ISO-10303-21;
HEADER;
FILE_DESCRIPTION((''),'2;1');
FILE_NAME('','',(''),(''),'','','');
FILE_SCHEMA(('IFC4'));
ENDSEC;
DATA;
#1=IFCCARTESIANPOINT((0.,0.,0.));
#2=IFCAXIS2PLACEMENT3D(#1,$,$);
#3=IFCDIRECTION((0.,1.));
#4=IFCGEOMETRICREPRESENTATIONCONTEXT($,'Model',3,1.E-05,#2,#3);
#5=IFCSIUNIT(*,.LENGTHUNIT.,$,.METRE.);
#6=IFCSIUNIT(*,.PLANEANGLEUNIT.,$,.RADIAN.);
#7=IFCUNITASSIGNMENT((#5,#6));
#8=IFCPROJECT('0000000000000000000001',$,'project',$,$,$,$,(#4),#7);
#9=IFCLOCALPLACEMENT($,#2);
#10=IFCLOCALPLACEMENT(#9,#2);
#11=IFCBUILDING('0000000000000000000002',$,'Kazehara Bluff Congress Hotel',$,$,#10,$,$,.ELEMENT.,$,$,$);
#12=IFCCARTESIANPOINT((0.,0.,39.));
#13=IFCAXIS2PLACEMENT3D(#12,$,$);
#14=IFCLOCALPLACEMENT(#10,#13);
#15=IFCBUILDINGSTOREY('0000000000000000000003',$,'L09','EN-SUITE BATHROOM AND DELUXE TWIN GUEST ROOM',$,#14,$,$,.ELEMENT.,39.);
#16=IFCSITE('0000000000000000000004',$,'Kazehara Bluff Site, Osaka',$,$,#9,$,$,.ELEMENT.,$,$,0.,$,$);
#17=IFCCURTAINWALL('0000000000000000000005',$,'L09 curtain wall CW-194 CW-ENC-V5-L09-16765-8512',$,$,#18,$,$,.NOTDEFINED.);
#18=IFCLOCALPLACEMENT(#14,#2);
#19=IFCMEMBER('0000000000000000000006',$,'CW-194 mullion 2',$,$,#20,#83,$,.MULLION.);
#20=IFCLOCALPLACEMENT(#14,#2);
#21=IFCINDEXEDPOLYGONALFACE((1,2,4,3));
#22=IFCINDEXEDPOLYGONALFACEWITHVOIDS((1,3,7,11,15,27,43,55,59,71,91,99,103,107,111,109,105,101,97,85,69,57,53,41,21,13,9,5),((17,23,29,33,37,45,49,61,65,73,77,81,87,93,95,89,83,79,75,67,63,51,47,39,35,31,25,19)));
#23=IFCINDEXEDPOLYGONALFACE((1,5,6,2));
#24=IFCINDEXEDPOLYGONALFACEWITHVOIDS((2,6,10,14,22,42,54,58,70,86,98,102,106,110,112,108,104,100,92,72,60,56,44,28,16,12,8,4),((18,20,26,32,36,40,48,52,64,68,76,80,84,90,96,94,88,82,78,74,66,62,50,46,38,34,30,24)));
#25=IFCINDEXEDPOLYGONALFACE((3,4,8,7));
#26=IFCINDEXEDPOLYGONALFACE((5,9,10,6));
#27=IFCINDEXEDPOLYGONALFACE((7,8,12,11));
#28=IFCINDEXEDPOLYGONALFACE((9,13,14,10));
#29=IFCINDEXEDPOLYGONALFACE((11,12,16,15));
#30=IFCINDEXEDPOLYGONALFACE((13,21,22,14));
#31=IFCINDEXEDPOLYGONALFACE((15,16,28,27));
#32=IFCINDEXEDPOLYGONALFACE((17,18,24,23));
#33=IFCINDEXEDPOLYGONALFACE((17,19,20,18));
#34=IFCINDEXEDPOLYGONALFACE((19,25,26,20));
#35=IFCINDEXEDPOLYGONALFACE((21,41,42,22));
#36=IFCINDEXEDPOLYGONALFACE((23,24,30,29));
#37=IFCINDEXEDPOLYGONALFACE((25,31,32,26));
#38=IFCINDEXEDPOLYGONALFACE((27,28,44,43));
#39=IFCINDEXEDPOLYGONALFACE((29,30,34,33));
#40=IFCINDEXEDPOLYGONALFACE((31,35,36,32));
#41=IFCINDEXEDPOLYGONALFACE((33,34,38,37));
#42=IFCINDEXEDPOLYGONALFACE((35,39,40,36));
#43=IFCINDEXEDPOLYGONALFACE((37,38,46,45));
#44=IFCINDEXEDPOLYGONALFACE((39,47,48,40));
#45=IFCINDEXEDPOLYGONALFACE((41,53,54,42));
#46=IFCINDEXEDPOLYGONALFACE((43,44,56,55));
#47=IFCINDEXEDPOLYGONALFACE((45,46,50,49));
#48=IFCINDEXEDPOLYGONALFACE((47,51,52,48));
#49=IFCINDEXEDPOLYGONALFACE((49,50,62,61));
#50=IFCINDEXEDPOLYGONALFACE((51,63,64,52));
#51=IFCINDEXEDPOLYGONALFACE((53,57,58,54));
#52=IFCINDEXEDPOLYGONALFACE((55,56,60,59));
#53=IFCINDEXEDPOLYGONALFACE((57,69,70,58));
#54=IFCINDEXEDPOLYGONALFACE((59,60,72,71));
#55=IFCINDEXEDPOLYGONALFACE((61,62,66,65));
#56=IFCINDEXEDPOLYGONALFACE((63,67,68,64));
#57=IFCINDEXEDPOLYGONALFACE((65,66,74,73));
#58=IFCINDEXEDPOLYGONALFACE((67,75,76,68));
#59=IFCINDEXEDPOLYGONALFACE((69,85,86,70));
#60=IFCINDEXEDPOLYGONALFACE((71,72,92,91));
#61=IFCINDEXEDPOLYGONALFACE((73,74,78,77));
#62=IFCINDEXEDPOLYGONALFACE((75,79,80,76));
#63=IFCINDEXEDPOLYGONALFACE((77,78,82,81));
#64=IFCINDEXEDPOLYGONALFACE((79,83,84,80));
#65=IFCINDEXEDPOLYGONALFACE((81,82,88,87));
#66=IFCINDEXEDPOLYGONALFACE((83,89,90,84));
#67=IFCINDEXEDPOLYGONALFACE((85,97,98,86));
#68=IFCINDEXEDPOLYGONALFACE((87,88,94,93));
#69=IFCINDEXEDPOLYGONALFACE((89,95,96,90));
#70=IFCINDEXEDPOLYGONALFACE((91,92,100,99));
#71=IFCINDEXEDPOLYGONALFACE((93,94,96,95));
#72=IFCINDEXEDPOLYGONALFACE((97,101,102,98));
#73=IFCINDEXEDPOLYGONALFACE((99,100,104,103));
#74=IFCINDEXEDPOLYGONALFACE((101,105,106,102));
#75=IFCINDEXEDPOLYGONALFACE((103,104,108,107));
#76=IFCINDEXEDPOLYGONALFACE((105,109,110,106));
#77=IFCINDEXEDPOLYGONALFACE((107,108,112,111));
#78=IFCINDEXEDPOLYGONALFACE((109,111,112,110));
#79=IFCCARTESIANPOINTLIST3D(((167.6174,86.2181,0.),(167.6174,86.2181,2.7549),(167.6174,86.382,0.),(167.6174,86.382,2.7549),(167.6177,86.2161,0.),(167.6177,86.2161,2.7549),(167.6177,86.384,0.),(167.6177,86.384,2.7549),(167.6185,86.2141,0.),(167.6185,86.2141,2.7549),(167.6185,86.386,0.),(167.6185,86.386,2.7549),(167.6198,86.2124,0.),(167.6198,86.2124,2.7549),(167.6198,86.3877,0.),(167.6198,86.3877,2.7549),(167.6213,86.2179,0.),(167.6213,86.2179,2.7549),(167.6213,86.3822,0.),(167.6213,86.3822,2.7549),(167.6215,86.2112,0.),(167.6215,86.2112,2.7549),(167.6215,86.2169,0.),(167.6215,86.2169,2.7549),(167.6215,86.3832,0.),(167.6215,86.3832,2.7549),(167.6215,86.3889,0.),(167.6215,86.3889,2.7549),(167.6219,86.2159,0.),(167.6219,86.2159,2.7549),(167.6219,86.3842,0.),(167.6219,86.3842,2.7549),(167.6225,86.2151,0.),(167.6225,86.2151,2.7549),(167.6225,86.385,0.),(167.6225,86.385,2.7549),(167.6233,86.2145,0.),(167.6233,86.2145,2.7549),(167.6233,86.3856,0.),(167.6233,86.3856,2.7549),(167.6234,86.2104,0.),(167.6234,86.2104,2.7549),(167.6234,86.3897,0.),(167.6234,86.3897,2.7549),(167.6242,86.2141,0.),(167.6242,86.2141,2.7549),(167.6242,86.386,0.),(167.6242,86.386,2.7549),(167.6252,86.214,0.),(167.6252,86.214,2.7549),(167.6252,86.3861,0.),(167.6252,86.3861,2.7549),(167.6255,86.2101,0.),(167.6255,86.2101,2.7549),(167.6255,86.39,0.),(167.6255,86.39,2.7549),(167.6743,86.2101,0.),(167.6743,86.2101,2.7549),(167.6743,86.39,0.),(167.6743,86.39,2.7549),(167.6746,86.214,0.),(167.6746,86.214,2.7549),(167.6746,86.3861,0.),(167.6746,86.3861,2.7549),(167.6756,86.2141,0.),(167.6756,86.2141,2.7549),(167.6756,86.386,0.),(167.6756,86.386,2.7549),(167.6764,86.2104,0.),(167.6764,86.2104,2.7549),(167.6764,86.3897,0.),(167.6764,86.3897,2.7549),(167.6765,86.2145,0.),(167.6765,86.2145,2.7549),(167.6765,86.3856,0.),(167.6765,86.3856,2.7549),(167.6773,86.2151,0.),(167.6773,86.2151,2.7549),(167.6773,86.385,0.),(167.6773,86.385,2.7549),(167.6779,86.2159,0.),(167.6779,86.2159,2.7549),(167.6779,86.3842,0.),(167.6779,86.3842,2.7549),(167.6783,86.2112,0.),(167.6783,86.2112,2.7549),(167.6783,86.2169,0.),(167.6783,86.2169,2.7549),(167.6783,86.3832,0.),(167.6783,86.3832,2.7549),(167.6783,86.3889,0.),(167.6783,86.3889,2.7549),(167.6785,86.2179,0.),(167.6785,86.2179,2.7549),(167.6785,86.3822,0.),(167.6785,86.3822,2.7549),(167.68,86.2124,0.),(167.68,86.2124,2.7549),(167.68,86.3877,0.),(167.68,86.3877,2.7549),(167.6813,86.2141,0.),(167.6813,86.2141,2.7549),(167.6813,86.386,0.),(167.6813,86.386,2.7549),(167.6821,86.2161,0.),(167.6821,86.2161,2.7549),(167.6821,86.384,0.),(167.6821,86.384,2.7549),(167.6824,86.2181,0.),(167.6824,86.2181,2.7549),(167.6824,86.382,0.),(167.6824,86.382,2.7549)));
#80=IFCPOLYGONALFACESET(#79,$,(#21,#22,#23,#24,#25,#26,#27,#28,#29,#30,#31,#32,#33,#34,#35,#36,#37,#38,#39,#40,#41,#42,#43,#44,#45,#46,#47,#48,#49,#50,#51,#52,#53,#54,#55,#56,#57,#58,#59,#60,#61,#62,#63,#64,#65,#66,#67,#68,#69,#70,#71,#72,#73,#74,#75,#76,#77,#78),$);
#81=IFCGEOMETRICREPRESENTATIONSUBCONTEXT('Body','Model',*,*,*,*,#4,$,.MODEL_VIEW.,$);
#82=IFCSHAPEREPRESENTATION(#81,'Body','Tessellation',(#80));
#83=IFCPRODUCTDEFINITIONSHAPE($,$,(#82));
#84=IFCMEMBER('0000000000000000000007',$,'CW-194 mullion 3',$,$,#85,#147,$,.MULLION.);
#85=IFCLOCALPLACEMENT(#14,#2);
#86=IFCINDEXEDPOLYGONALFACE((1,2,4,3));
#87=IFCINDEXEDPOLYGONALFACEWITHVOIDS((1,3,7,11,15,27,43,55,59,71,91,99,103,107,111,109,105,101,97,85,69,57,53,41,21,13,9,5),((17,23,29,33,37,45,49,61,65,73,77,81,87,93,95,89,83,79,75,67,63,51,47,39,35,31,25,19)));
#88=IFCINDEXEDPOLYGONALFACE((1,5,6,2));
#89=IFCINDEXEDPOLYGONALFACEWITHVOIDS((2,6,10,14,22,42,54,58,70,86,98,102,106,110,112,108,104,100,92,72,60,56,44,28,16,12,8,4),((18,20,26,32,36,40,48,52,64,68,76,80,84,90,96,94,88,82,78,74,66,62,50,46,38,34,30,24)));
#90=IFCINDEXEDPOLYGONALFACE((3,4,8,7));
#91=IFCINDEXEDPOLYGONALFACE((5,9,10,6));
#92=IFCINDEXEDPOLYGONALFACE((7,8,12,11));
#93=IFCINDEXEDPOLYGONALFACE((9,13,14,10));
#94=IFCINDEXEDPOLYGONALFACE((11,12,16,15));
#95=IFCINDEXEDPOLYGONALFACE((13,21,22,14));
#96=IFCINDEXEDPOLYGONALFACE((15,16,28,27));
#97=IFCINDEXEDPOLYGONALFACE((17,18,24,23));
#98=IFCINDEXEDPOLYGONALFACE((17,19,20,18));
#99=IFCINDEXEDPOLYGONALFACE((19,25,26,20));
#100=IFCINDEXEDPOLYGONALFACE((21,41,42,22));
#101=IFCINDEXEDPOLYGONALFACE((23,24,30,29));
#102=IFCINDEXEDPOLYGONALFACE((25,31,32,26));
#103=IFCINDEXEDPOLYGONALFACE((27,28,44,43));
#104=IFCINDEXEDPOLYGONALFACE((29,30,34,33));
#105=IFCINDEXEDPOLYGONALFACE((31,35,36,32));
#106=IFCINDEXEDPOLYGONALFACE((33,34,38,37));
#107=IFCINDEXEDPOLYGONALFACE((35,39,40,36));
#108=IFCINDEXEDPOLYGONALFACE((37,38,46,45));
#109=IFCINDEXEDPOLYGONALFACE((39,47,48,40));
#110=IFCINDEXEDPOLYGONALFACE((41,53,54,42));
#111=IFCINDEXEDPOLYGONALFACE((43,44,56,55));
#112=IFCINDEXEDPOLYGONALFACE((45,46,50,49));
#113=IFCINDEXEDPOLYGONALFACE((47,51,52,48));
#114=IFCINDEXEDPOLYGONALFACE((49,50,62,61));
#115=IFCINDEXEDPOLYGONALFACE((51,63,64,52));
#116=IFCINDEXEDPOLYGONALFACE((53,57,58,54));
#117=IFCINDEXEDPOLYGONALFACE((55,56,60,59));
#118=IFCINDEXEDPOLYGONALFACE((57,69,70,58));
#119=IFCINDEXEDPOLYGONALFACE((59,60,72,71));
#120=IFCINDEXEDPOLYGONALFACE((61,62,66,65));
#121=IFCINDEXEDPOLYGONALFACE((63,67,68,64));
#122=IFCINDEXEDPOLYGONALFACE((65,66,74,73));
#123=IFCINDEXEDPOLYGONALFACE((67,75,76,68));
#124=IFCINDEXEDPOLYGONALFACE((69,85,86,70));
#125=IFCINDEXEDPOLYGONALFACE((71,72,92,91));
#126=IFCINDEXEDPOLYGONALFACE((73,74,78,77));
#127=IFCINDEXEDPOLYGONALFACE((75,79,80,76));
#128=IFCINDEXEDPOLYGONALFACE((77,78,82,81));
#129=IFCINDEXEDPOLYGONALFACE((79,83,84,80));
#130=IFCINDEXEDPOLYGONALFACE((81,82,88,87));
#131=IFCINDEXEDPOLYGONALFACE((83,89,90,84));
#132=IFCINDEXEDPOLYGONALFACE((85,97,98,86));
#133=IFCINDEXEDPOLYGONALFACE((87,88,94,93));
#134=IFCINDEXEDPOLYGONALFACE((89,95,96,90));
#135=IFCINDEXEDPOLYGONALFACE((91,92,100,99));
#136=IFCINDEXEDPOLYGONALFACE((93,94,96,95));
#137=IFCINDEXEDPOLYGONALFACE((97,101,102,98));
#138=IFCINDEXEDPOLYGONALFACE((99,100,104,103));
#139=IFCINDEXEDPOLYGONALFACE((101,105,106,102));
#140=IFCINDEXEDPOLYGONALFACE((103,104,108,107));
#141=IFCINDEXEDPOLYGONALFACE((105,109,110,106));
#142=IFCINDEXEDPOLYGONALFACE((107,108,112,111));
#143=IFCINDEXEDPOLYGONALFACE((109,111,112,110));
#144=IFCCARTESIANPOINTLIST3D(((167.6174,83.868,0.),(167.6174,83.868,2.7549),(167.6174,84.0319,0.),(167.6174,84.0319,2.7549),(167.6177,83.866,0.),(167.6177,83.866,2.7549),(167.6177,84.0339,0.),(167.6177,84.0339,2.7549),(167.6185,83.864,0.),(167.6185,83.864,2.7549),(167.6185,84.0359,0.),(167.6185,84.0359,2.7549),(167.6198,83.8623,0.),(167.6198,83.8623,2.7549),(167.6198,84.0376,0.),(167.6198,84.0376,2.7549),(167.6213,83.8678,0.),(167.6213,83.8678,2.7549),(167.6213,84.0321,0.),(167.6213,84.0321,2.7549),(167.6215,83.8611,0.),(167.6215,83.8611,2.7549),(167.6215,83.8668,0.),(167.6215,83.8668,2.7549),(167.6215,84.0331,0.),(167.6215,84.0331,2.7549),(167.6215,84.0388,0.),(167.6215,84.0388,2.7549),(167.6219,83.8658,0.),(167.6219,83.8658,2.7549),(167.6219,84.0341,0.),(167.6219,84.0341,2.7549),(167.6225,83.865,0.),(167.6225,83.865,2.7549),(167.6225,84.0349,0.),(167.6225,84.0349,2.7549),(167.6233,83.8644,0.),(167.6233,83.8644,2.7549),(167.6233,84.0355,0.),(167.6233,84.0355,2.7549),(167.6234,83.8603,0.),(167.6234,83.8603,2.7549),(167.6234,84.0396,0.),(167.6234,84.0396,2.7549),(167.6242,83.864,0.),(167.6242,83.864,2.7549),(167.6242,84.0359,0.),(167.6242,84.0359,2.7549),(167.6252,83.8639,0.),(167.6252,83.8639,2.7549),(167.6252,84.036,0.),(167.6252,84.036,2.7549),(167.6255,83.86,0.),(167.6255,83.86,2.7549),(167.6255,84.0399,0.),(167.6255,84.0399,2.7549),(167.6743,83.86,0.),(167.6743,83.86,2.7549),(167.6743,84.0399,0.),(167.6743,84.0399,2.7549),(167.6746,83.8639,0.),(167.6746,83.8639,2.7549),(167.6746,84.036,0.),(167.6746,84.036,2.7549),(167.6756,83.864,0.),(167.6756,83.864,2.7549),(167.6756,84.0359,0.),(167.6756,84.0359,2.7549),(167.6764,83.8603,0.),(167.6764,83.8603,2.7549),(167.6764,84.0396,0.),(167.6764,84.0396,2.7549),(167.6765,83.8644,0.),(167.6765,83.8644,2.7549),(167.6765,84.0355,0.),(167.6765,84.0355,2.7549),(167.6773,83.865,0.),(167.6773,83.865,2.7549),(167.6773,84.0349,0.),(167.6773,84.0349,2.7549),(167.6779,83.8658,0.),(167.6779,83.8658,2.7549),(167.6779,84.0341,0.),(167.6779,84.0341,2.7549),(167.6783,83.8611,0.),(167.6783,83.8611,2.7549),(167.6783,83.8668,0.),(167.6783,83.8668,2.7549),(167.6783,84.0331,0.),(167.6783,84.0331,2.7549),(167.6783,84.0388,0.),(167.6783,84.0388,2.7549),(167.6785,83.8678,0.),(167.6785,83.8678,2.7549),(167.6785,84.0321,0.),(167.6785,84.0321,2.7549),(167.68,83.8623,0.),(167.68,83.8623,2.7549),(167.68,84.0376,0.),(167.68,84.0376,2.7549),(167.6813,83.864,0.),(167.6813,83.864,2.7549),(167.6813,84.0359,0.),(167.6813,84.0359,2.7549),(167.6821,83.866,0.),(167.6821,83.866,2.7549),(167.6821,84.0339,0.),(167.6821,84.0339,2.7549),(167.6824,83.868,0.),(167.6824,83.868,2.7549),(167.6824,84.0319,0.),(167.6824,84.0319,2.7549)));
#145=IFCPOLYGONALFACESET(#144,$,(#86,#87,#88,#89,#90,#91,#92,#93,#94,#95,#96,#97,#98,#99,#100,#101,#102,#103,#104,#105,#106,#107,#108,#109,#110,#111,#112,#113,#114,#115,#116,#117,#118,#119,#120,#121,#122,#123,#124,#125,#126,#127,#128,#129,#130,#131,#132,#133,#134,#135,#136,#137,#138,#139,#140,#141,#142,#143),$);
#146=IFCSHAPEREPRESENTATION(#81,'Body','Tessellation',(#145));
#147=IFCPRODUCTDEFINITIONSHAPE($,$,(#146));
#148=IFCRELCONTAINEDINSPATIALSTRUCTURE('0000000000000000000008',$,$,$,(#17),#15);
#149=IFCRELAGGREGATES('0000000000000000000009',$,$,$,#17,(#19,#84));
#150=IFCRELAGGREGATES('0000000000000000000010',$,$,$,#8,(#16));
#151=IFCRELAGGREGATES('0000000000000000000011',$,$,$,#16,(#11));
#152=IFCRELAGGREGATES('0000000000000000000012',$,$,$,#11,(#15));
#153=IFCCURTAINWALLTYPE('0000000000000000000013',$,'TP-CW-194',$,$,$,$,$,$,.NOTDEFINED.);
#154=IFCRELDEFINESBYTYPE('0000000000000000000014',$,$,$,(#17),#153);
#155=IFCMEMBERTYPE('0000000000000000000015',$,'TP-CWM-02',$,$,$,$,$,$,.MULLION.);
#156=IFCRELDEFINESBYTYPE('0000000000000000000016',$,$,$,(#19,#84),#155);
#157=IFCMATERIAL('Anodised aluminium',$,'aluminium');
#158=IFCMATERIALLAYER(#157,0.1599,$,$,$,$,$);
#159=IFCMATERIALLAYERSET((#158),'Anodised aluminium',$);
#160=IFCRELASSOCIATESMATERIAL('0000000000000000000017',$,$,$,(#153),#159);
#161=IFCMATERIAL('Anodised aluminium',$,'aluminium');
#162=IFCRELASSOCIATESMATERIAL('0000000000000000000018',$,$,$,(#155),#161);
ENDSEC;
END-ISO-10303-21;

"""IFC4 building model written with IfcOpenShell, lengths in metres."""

from ifc_helpers import new_model, si_unit, direction, frame, origin, origin_2d, place, context, subcontext, project, spatial, hollow_rectangle, extrude, material, layer, layer_set, material_profile, profile_set, type_object, element, aggregate, save


model = new_model("IFC4")

# Units and contexts
model_context = context("Model", 3, precision=1e-05, world=origin(), true_north=direction((0.0, 1.0)))
body_context = subcontext(model_context, "Body", "Model", "MODEL_VIEW")
ifc_project = project(units=[si_unit("LENGTHUNIT", "METRE"), si_unit("PLANEANGLEUNIT", "RADIAN")], contexts=[model_context])

# Site, building, storey
site_placement = place(None, origin())
site = spatial("IfcSite", under=ifc_project, at=site_placement, Name="Kazehara Bluff Site, Osaka", CompositionType="ELEMENT", RefElevation=0.0)
building_placement = place(site_placement, origin())
building = spatial("IfcBuilding", under=site, at=building_placement, Name="Kazehara Bluff Congress Hotel", CompositionType="ELEMENT")
storey_placement = place(building_placement, frame((0.0, 0.0, 39.0)))
storey = spatial("IfcBuildingStorey", under=building, at=storey_placement, Name="L09", Description="EN-SUITE BATHROOM AND DELUXE TWIN GUEST ROOM", CompositionType="ELEMENT", Elevation=39.0)

# Curtain wall, members
ifc_material_1 = material(Name="Anodised aluminium", Category="aluminium")
ifc_layer_1 = layer(ifc_material_1, 0.1599)
ifc_layer_set_1 = layer_set([ifc_layer_1], Name="Anodised aluminium")
curtain_wall_type = type_object("IfcCurtainWallType", Name="TP-CW-194", PredefinedType="NOTDEFINED", material=ifc_layer_set_1)
curtain_wall_placement = place(storey_placement, origin())
curtain_wall = element("IfcCurtainWall", 1, at=curtain_wall_placement, inside=storey, type_object=curtain_wall_type, Name="L09 curtain wall CW-194 CW-ENC-V5-L09-16765-8512", PredefinedType="NOTDEFINED")
ifc_material_2 = material(Name="Anodised aluminium", Category="aluminium")
ifc_material_profile_1 = material_profile(ifc_material_2, hollow_rectangle(XDim=0.0649, YDim=0.1799, WallThickness=0.0039, InnerFilletRadius=0.0039, OuterFilletRadius=0.0081, at=origin_2d()))
ifc_profile_set_1 = profile_set([ifc_material_profile_1], Name="Anodised aluminium")
member_type_1 = type_object("IfcMemberType", Name="TP-CWM-02", PredefinedType="MULLION", material=ifc_profile_set_1)
member_1_placement = place(storey_placement, frame((167.6499, 86.3, 0.0), z_axis=(0.0, 0.0, 1.0), x_axis=(1.0, 0.0, 0.0)))
member_1 = element("IfcMember", 2, at=member_1_placement, type_object=member_type_1, Name="CW-194 mullion 2", PredefinedType="MULLION", context=body_context, shape_type="SweptSolid", body=[
    extrude(hollow_rectangle(XDim=0.0649, YDim=0.1799, WallThickness=0.0039, InnerFilletRadius=0.0039, OuterFilletRadius=0.0081, at=origin_2d()), origin(), (0.0, 0.0, 1.0), 2.7549),
])
member_2_placement = place(storey_placement, frame((167.6499, 83.95, 0.0), z_axis=(0.0, 0.0, 1.0), x_axis=(1.0, 0.0, 0.0)))
member_2 = element("IfcMember", 3, at=member_2_placement, type_object=member_type_1, Name="CW-194 mullion 3", PredefinedType="MULLION", context=body_context, shape_type="SweptSolid", body=[
    extrude(hollow_rectangle(XDim=0.0649, YDim=0.1799, WallThickness=0.0039, InnerFilletRadius=0.0039, OuterFilletRadius=0.0081, at=origin_2d()), origin(), (0.0, 0.0, 1.0), 2.7549),
])
aggregate(curtain_wall, [member_1, member_2])

save(model, "model.ifc")
